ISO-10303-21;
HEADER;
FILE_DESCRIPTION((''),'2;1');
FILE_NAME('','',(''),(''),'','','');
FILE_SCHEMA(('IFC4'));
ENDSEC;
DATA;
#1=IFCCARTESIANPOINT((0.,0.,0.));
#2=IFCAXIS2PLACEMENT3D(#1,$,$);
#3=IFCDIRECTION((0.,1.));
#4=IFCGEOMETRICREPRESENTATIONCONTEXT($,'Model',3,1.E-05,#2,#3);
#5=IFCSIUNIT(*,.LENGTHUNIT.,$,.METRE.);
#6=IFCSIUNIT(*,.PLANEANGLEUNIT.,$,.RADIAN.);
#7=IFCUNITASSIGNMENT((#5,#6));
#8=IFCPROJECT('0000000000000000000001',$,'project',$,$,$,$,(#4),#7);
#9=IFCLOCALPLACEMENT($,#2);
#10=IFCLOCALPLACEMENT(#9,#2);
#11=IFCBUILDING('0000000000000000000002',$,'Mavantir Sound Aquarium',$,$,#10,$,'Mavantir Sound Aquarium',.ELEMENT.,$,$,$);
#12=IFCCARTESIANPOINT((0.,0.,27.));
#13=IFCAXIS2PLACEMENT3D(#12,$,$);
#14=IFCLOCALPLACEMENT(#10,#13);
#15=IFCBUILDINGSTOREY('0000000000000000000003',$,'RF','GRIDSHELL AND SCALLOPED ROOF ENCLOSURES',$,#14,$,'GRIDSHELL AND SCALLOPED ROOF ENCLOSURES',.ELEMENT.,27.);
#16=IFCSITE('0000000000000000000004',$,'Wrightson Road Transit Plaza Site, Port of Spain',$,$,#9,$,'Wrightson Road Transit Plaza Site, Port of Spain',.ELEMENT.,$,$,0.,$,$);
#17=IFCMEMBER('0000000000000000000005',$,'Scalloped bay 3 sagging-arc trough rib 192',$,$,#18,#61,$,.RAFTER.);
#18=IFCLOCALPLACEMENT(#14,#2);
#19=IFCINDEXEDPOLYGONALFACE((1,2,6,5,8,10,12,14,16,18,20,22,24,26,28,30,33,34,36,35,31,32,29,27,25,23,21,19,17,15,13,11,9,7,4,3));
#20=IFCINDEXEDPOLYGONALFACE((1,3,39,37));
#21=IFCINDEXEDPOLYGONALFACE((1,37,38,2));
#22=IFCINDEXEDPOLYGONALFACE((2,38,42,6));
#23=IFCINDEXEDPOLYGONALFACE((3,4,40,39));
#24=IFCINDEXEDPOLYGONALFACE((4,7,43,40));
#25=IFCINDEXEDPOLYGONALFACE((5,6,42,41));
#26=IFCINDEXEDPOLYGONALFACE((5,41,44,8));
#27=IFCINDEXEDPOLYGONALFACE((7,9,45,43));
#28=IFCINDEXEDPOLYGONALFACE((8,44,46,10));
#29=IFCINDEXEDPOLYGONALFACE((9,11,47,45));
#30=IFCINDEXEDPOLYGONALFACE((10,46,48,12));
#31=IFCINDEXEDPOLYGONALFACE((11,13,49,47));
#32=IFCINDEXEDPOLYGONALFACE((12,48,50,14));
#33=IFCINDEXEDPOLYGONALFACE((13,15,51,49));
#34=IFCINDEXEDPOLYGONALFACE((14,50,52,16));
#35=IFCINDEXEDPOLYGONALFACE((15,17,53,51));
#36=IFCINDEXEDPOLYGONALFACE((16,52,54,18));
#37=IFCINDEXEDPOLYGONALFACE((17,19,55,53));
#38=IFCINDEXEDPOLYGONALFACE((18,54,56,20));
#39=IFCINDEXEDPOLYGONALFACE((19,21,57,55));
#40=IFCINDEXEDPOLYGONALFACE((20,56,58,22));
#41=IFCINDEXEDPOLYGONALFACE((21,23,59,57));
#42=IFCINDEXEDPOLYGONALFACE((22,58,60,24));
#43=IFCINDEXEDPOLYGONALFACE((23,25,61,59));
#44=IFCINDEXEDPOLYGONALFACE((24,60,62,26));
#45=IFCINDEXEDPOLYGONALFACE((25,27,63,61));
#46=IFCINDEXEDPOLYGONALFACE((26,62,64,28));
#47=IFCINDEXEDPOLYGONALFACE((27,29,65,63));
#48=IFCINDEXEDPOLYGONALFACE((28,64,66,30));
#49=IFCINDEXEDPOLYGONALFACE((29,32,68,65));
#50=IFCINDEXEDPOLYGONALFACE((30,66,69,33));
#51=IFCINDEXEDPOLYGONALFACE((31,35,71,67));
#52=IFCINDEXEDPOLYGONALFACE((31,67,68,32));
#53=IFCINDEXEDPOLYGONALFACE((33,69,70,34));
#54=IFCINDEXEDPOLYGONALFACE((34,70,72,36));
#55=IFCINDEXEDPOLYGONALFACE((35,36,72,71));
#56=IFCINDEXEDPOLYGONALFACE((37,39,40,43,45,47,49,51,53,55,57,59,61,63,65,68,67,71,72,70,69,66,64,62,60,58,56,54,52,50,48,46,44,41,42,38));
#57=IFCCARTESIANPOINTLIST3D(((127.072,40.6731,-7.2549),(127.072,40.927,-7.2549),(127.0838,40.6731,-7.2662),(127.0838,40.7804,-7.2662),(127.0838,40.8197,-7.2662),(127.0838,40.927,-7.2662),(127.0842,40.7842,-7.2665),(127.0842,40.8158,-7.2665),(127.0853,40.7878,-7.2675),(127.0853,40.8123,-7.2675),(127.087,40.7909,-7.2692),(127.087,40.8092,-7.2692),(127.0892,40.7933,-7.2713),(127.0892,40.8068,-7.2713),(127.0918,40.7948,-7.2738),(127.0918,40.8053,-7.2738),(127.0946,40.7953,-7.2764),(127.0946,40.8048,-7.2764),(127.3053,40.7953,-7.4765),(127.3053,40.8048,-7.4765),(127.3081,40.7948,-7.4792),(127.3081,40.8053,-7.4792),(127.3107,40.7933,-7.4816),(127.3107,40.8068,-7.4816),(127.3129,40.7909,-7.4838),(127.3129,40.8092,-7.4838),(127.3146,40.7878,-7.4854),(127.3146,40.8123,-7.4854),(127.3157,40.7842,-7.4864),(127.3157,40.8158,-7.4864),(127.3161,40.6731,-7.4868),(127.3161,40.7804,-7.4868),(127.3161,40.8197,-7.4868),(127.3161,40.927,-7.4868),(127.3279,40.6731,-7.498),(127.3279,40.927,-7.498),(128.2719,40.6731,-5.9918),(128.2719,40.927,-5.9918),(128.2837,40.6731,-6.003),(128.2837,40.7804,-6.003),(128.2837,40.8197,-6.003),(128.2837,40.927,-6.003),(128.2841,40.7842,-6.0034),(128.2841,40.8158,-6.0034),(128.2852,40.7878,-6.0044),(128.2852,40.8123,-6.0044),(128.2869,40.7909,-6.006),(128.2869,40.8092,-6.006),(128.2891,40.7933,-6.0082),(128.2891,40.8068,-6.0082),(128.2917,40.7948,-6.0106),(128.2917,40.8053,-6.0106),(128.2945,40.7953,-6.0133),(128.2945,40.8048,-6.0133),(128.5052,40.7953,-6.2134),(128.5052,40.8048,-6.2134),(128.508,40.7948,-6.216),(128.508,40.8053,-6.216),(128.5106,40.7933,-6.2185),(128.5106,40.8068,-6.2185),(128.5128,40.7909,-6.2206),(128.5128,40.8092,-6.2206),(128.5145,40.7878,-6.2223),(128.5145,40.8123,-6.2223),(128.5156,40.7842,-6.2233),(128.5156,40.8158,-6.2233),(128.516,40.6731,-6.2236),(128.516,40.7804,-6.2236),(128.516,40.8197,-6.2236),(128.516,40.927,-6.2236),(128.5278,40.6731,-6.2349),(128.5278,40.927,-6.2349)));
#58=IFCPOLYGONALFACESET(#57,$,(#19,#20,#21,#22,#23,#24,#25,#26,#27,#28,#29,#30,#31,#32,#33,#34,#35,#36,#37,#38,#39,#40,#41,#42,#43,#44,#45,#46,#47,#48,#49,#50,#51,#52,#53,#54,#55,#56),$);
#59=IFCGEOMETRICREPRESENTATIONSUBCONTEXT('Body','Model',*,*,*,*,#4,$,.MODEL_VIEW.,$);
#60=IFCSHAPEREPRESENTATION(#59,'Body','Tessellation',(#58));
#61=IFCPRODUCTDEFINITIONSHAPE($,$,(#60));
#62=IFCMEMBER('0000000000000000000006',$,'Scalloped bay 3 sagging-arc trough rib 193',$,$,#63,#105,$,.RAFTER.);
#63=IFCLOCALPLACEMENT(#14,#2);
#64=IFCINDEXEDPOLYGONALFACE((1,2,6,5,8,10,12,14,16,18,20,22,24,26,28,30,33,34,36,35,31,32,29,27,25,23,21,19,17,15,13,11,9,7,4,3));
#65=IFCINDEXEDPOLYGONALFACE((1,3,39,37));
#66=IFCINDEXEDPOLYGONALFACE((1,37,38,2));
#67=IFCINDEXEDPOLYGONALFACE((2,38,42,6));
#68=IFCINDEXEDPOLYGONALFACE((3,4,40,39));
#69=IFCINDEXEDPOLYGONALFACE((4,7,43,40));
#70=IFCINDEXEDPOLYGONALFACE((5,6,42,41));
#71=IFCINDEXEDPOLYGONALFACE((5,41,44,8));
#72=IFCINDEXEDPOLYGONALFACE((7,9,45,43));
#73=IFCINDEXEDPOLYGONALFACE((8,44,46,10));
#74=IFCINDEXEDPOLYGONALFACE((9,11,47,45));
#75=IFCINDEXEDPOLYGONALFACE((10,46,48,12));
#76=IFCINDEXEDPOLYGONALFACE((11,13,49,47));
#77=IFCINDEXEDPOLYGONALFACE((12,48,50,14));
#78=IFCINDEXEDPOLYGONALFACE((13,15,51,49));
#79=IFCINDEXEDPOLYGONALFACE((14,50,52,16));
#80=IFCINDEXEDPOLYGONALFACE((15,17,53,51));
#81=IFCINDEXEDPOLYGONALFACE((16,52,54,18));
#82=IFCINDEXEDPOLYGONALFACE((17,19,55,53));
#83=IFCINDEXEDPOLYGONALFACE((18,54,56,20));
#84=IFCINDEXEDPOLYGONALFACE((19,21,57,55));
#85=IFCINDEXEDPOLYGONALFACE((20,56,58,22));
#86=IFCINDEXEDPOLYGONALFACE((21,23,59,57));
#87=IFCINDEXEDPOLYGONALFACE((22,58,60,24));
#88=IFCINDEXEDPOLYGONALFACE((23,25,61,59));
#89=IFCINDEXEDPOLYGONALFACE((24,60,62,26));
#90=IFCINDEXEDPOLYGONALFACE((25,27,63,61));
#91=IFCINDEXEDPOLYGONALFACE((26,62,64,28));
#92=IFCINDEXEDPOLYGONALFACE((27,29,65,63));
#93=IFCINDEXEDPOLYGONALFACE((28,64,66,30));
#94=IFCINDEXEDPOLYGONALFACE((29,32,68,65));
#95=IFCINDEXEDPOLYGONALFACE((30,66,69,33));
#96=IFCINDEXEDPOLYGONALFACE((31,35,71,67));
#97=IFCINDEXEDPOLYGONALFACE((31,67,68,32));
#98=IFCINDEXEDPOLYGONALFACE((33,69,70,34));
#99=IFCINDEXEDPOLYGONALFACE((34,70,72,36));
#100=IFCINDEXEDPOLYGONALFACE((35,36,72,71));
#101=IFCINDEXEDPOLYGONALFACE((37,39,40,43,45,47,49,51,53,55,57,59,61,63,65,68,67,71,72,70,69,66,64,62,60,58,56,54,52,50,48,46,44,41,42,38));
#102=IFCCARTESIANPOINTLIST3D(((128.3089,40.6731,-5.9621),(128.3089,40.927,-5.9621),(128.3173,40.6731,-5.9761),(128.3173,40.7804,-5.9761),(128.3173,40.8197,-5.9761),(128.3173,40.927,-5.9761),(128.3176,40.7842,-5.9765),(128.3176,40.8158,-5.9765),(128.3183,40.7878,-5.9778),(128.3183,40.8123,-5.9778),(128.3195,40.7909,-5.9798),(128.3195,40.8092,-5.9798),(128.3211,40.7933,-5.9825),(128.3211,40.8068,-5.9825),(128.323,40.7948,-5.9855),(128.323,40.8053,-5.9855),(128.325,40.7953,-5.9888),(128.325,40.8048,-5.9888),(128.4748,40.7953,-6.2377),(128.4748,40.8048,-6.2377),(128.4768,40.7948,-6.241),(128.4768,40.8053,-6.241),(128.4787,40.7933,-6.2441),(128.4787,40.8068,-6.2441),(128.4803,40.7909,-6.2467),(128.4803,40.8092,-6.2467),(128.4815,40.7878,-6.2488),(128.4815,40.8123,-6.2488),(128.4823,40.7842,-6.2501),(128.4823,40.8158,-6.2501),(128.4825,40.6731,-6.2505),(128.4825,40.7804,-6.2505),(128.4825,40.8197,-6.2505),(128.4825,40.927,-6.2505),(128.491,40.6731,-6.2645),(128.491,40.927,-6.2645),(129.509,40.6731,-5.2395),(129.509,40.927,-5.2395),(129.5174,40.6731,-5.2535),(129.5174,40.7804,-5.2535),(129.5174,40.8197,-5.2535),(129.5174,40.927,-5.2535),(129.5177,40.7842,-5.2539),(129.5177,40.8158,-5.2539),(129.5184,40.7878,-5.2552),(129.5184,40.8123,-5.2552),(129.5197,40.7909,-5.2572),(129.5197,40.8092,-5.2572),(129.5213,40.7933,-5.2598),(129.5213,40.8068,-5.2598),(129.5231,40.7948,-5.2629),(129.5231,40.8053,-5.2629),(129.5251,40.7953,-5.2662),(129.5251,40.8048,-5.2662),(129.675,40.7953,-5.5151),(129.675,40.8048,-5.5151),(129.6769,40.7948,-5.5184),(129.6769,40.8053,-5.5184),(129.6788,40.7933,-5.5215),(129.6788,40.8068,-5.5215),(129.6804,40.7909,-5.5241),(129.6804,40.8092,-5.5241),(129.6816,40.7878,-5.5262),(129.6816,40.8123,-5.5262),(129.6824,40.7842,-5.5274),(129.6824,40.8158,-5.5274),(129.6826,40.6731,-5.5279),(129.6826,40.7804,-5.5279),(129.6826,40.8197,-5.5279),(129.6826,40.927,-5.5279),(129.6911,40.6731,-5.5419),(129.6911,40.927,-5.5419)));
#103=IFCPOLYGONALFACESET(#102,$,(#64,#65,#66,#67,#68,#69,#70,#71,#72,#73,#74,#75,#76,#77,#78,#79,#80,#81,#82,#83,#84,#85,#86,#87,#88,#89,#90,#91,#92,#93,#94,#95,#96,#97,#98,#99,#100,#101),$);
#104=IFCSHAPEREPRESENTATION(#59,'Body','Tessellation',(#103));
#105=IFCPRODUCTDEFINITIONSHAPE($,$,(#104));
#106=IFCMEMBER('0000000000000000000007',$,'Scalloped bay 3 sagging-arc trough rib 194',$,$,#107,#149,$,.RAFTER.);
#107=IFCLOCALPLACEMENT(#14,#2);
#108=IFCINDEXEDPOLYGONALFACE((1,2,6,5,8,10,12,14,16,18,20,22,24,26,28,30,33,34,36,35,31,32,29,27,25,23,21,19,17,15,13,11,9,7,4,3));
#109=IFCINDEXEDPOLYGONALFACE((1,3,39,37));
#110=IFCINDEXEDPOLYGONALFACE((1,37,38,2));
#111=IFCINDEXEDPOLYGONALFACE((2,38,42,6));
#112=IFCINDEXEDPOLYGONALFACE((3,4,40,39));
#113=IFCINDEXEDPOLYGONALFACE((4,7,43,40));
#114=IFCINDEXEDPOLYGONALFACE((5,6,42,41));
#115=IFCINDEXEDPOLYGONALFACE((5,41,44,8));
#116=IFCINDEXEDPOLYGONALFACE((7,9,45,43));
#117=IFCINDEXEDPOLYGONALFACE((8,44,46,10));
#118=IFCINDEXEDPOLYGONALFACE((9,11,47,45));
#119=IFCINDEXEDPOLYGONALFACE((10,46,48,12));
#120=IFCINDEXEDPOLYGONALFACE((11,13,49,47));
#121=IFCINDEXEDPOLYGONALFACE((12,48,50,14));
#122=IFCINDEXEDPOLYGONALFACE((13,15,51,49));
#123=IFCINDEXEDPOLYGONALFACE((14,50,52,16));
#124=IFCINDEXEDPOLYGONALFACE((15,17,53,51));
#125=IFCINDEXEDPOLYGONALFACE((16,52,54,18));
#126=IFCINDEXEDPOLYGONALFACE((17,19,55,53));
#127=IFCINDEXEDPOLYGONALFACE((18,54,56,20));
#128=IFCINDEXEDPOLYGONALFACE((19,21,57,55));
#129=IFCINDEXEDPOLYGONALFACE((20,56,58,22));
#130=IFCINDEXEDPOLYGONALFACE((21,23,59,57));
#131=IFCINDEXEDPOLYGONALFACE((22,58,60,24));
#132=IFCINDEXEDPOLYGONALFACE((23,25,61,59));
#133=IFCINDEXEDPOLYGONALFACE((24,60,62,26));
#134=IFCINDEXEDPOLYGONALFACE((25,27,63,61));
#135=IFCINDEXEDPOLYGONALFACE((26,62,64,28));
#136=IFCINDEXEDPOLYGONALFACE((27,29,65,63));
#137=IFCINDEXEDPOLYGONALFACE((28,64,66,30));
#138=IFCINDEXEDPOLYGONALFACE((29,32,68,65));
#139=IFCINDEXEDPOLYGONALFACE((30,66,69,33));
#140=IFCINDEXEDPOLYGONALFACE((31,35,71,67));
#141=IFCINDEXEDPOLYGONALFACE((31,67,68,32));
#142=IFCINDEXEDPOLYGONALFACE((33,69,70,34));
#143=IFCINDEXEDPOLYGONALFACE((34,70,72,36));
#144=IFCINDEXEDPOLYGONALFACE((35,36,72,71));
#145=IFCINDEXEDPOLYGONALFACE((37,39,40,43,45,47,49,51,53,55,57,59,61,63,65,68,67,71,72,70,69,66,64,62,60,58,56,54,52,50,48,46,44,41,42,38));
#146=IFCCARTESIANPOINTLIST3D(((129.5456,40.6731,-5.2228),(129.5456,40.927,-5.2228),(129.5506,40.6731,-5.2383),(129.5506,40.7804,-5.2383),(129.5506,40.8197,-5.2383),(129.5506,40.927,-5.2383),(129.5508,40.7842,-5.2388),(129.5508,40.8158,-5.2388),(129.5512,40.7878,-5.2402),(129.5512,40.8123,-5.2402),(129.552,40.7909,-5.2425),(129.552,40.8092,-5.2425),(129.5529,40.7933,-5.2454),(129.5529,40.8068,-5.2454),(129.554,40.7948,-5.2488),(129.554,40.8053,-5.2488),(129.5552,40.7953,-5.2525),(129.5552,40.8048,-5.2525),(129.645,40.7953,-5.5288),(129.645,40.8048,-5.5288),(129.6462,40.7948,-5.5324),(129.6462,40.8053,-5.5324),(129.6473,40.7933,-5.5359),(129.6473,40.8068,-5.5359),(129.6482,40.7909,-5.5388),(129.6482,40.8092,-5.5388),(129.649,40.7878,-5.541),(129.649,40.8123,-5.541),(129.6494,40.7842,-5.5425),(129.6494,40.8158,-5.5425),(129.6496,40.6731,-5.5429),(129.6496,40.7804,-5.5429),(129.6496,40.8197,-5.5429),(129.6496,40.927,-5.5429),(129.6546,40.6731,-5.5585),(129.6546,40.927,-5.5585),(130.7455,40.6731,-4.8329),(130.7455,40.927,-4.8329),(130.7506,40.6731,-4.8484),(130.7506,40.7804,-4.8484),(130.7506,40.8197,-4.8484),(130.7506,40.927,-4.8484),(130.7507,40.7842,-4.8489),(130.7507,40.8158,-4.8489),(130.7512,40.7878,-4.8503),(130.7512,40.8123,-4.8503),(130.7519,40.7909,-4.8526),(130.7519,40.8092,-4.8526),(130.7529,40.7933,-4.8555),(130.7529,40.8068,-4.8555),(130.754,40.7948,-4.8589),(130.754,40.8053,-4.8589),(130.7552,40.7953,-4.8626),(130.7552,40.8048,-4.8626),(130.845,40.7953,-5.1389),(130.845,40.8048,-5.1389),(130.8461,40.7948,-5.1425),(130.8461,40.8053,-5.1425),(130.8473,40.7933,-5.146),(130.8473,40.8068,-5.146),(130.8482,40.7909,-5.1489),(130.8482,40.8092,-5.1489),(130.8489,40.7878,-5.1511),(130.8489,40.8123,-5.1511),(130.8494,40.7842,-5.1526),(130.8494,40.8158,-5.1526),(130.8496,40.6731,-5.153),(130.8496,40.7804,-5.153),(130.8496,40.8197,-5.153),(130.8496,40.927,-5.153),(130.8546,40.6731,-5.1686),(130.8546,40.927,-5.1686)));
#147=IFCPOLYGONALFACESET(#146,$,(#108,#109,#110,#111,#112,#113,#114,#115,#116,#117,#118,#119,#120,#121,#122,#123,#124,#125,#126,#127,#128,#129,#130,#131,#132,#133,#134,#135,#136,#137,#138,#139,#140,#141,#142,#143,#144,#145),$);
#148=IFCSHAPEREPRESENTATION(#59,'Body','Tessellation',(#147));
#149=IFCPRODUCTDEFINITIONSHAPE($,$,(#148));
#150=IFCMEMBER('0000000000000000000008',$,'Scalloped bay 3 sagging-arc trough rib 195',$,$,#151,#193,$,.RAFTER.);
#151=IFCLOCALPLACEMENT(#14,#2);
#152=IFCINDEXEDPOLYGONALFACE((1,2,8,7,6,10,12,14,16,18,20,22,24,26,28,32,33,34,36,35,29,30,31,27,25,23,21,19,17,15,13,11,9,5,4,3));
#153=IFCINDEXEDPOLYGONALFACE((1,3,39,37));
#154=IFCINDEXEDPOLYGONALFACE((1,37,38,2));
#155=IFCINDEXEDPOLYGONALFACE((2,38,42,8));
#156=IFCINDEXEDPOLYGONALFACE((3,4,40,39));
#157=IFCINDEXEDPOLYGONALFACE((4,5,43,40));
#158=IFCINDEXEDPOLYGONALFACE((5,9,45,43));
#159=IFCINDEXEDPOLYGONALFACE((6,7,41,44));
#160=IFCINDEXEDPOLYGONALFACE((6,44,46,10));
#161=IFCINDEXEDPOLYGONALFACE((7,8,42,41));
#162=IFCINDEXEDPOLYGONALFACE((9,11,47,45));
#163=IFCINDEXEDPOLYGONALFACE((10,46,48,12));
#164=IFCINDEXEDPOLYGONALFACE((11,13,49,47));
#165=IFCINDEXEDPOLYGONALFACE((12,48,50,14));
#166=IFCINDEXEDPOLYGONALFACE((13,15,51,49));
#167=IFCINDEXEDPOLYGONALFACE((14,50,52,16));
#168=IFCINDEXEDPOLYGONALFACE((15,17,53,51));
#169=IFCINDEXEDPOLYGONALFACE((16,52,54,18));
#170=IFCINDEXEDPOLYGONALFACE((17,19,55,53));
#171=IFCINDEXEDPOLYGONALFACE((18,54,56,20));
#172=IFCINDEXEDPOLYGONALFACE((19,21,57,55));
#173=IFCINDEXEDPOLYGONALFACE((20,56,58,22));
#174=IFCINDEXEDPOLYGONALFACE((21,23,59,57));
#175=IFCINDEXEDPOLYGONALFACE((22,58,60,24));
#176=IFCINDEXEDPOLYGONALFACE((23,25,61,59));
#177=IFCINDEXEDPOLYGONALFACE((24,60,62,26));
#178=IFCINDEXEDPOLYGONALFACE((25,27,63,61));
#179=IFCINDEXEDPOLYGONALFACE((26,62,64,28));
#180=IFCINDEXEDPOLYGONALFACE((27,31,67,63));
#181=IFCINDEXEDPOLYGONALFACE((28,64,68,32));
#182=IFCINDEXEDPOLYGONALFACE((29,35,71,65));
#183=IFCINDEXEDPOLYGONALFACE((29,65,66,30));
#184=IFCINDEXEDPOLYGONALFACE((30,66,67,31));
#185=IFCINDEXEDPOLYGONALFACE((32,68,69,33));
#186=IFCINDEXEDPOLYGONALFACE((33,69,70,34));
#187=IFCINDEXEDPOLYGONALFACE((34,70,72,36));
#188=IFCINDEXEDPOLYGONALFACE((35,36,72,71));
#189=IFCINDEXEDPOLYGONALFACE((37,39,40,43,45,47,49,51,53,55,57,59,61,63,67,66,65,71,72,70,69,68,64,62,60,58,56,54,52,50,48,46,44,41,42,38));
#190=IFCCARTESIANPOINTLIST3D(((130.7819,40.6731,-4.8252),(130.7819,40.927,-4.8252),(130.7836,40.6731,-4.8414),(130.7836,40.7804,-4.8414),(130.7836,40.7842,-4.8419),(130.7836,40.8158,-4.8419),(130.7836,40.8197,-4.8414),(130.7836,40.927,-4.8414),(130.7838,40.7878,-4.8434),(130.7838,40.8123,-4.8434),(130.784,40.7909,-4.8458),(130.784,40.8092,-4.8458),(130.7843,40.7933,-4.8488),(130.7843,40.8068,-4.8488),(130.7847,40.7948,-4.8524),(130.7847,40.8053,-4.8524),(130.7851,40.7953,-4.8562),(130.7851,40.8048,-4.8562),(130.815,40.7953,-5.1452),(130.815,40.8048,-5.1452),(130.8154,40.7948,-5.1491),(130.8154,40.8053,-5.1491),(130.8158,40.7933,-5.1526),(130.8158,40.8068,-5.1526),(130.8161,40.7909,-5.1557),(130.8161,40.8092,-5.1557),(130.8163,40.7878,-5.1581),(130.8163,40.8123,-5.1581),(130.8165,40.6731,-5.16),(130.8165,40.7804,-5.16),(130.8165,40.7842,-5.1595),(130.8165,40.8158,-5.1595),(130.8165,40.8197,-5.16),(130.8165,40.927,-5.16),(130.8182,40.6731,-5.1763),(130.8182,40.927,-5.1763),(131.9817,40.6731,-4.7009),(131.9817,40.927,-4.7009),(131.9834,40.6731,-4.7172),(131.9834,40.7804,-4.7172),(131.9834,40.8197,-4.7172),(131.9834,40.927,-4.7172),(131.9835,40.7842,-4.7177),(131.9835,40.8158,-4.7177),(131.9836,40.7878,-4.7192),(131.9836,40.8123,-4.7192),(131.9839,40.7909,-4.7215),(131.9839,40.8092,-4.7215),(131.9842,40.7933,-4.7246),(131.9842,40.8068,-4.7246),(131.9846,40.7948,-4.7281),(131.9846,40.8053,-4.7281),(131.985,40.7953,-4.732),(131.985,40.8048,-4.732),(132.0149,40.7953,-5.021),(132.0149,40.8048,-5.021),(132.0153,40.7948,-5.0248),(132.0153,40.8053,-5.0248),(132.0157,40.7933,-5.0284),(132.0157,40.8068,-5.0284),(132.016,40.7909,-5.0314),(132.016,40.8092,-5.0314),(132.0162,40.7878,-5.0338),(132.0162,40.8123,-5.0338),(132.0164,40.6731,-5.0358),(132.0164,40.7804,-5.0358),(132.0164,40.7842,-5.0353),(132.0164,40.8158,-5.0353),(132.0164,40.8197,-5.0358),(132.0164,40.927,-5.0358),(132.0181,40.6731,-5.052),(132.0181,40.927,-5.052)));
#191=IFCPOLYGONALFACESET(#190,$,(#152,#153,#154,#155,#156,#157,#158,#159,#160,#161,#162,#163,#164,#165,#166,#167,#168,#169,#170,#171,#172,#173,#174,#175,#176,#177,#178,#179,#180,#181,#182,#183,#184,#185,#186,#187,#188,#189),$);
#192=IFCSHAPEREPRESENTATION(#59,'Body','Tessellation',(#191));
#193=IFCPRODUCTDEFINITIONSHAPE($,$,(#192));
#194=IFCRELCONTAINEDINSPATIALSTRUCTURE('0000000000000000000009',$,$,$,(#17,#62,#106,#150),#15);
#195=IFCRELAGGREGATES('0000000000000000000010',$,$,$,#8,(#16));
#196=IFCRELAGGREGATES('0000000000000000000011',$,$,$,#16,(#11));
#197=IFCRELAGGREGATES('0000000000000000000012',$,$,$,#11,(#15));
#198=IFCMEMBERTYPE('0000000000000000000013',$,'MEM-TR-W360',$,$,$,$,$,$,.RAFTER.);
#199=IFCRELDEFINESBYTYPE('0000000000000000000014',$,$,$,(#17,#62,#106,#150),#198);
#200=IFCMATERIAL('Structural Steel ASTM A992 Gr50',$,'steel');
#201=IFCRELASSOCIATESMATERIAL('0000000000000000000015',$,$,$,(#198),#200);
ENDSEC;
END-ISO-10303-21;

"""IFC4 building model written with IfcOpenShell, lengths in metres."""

from ifc_helpers import new_model, si_unit, direction, frame, origin, origin_2d, place, context, subcontext, project, spatial, i_section, extrude, material, material_profile, profile_set, type_object, element, save


model = new_model("IFC4")

# Units and contexts
model_context = context("Model", 3, precision=1e-05, world=origin(), true_north=direction((0.0, 1.0)))
body_context = subcontext(model_context, "Body", "Model", "MODEL_VIEW")
ifc_project = project(units=[si_unit("LENGTHUNIT", "METRE"), si_unit("PLANEANGLEUNIT", "RADIAN")], contexts=[model_context])

# Site, building, storey
site_placement = place(None, origin())
site = spatial("IfcSite", under=ifc_project, at=site_placement, Name="Wrightson Road Transit Plaza Site, Port of Spain", LongName="Wrightson Road Transit Plaza Site, Port of Spain", CompositionType="ELEMENT", RefElevation=0.0)
building_placement = place(site_placement, origin())
building = spatial("IfcBuilding", under=site, at=building_placement, Name="Mavantir Sound Aquarium", LongName="Mavantir Sound Aquarium", CompositionType="ELEMENT")
storey_placement = place(building_placement, frame((0.0, 0.0, 27.0)))
storey = spatial("IfcBuildingStorey", under=building, at=storey_placement, Name="RF", Description="GRIDSHELL AND SCALLOPED ROOF ENCLOSURES", LongName="GRIDSHELL AND SCALLOPED ROOF ENCLOSURES", CompositionType="ELEMENT", Elevation=27.0)

# Shared definitions
ifc_material_1 = material(Name="Structural Steel ASTM A992 Gr50", Category="steel")

# Members
ifc_material_profile_1 = material_profile(ifc_material_1, i_section(OverallWidth=0.2539, OverallDepth=0.353, WebThickness=0.0095, FlangeThickness=0.0164, FilletRadius=0.0149, at=origin_2d()), Name="W360X91")
ifc_profile_set_1 = profile_set([ifc_material_profile_1], Name="Structural Steel ASTM A992 Gr50")
member_type_1 = type_object("IfcMemberType", Name="MEM-TR-W360", PredefinedType="RAFTER", material=ifc_profile_set_1)
member_1_placement = place(storey_placement, frame((127.2, 40.8, -7.3765), z_axis=(0.688727, 0.0, 0.72502), x_axis=(0.0, 1.0, 0.0)))
element("IfcMember", 1, at=member_1_placement, inside=storey, type_object=member_type_1, Name="Scalloped bay 3 sagging-arc trough rib 192", PredefinedType="RAFTER", context=body_context, shape_type="SweptSolid", body=[
    extrude(i_section(OverallWidth=0.2539, OverallDepth=0.353, WebThickness=0.0095, FlangeThickness=0.0164, FilletRadius=0.0149, at=origin_2d()), origin(), (0.0, 0.0, 1.0), 1.7422),
])
member_2_placement = place(storey_placement, frame((128.3999, 40.8, -6.1133), z_axis=(0.856692, 0.0, 0.515828), x_axis=(0.0, 1.0, 0.0)))
element("IfcMember", 2, at=member_2_placement, inside=storey, type_object=member_type_1, Name="Scalloped bay 3 sagging-arc trough rib 193", PredefinedType="RAFTER", context=body_context, shape_type="SweptSolid", body=[
    extrude(i_section(OverallWidth=0.2539, OverallDepth=0.353, WebThickness=0.0095, FlangeThickness=0.0164, FilletRadius=0.0149, at=origin_2d()), origin(), (0.0, 0.0, 1.0), 1.4009),
])
member_3_placement = place(storey_placement, frame((129.6001, 40.8, -5.3906), z_axis=(0.951055, 0.0, 0.30902), x_axis=(0.0, 1.0, 0.0)))
element("IfcMember", 3, at=member_3_placement, inside=storey, type_object=member_type_1, Name="Scalloped bay 3 sagging-arc trough rib 194", PredefinedType="RAFTER", context=body_context, shape_type="SweptSolid", body=[
    extrude(i_section(OverallWidth=0.2539, OverallDepth=0.353, WebThickness=0.0095, FlangeThickness=0.0164, FilletRadius=0.0149, at=origin_2d()), origin(), (0.0, 0.0, 1.0), 1.2617),
])
for number, where, z_axis, x_axis, name in (
    (4, (130.8, 40.8, -5.0007), (0.99468, 0.0, 0.10301), (0.0, 1.0, 0.0), "Scalloped bay 3 sagging-arc trough rib 195"),
):
    element("IfcMember", number, at=place(storey_placement, frame(where, z_axis=z_axis, x_axis=x_axis)), inside=storey, type_object=member_type_1, Name=name, PredefinedType="RAFTER", context=body_context, shape_type="SweptSolid", body=[
        extrude(i_section(OverallWidth=0.2539, OverallDepth=0.353, WebThickness=0.0095, FlangeThickness=0.0164, FilletRadius=0.0149, at=origin_2d()), origin(), (0.0, 0.0, 1.0), 1.2063),
    ])

save(model, "model.ifc")
